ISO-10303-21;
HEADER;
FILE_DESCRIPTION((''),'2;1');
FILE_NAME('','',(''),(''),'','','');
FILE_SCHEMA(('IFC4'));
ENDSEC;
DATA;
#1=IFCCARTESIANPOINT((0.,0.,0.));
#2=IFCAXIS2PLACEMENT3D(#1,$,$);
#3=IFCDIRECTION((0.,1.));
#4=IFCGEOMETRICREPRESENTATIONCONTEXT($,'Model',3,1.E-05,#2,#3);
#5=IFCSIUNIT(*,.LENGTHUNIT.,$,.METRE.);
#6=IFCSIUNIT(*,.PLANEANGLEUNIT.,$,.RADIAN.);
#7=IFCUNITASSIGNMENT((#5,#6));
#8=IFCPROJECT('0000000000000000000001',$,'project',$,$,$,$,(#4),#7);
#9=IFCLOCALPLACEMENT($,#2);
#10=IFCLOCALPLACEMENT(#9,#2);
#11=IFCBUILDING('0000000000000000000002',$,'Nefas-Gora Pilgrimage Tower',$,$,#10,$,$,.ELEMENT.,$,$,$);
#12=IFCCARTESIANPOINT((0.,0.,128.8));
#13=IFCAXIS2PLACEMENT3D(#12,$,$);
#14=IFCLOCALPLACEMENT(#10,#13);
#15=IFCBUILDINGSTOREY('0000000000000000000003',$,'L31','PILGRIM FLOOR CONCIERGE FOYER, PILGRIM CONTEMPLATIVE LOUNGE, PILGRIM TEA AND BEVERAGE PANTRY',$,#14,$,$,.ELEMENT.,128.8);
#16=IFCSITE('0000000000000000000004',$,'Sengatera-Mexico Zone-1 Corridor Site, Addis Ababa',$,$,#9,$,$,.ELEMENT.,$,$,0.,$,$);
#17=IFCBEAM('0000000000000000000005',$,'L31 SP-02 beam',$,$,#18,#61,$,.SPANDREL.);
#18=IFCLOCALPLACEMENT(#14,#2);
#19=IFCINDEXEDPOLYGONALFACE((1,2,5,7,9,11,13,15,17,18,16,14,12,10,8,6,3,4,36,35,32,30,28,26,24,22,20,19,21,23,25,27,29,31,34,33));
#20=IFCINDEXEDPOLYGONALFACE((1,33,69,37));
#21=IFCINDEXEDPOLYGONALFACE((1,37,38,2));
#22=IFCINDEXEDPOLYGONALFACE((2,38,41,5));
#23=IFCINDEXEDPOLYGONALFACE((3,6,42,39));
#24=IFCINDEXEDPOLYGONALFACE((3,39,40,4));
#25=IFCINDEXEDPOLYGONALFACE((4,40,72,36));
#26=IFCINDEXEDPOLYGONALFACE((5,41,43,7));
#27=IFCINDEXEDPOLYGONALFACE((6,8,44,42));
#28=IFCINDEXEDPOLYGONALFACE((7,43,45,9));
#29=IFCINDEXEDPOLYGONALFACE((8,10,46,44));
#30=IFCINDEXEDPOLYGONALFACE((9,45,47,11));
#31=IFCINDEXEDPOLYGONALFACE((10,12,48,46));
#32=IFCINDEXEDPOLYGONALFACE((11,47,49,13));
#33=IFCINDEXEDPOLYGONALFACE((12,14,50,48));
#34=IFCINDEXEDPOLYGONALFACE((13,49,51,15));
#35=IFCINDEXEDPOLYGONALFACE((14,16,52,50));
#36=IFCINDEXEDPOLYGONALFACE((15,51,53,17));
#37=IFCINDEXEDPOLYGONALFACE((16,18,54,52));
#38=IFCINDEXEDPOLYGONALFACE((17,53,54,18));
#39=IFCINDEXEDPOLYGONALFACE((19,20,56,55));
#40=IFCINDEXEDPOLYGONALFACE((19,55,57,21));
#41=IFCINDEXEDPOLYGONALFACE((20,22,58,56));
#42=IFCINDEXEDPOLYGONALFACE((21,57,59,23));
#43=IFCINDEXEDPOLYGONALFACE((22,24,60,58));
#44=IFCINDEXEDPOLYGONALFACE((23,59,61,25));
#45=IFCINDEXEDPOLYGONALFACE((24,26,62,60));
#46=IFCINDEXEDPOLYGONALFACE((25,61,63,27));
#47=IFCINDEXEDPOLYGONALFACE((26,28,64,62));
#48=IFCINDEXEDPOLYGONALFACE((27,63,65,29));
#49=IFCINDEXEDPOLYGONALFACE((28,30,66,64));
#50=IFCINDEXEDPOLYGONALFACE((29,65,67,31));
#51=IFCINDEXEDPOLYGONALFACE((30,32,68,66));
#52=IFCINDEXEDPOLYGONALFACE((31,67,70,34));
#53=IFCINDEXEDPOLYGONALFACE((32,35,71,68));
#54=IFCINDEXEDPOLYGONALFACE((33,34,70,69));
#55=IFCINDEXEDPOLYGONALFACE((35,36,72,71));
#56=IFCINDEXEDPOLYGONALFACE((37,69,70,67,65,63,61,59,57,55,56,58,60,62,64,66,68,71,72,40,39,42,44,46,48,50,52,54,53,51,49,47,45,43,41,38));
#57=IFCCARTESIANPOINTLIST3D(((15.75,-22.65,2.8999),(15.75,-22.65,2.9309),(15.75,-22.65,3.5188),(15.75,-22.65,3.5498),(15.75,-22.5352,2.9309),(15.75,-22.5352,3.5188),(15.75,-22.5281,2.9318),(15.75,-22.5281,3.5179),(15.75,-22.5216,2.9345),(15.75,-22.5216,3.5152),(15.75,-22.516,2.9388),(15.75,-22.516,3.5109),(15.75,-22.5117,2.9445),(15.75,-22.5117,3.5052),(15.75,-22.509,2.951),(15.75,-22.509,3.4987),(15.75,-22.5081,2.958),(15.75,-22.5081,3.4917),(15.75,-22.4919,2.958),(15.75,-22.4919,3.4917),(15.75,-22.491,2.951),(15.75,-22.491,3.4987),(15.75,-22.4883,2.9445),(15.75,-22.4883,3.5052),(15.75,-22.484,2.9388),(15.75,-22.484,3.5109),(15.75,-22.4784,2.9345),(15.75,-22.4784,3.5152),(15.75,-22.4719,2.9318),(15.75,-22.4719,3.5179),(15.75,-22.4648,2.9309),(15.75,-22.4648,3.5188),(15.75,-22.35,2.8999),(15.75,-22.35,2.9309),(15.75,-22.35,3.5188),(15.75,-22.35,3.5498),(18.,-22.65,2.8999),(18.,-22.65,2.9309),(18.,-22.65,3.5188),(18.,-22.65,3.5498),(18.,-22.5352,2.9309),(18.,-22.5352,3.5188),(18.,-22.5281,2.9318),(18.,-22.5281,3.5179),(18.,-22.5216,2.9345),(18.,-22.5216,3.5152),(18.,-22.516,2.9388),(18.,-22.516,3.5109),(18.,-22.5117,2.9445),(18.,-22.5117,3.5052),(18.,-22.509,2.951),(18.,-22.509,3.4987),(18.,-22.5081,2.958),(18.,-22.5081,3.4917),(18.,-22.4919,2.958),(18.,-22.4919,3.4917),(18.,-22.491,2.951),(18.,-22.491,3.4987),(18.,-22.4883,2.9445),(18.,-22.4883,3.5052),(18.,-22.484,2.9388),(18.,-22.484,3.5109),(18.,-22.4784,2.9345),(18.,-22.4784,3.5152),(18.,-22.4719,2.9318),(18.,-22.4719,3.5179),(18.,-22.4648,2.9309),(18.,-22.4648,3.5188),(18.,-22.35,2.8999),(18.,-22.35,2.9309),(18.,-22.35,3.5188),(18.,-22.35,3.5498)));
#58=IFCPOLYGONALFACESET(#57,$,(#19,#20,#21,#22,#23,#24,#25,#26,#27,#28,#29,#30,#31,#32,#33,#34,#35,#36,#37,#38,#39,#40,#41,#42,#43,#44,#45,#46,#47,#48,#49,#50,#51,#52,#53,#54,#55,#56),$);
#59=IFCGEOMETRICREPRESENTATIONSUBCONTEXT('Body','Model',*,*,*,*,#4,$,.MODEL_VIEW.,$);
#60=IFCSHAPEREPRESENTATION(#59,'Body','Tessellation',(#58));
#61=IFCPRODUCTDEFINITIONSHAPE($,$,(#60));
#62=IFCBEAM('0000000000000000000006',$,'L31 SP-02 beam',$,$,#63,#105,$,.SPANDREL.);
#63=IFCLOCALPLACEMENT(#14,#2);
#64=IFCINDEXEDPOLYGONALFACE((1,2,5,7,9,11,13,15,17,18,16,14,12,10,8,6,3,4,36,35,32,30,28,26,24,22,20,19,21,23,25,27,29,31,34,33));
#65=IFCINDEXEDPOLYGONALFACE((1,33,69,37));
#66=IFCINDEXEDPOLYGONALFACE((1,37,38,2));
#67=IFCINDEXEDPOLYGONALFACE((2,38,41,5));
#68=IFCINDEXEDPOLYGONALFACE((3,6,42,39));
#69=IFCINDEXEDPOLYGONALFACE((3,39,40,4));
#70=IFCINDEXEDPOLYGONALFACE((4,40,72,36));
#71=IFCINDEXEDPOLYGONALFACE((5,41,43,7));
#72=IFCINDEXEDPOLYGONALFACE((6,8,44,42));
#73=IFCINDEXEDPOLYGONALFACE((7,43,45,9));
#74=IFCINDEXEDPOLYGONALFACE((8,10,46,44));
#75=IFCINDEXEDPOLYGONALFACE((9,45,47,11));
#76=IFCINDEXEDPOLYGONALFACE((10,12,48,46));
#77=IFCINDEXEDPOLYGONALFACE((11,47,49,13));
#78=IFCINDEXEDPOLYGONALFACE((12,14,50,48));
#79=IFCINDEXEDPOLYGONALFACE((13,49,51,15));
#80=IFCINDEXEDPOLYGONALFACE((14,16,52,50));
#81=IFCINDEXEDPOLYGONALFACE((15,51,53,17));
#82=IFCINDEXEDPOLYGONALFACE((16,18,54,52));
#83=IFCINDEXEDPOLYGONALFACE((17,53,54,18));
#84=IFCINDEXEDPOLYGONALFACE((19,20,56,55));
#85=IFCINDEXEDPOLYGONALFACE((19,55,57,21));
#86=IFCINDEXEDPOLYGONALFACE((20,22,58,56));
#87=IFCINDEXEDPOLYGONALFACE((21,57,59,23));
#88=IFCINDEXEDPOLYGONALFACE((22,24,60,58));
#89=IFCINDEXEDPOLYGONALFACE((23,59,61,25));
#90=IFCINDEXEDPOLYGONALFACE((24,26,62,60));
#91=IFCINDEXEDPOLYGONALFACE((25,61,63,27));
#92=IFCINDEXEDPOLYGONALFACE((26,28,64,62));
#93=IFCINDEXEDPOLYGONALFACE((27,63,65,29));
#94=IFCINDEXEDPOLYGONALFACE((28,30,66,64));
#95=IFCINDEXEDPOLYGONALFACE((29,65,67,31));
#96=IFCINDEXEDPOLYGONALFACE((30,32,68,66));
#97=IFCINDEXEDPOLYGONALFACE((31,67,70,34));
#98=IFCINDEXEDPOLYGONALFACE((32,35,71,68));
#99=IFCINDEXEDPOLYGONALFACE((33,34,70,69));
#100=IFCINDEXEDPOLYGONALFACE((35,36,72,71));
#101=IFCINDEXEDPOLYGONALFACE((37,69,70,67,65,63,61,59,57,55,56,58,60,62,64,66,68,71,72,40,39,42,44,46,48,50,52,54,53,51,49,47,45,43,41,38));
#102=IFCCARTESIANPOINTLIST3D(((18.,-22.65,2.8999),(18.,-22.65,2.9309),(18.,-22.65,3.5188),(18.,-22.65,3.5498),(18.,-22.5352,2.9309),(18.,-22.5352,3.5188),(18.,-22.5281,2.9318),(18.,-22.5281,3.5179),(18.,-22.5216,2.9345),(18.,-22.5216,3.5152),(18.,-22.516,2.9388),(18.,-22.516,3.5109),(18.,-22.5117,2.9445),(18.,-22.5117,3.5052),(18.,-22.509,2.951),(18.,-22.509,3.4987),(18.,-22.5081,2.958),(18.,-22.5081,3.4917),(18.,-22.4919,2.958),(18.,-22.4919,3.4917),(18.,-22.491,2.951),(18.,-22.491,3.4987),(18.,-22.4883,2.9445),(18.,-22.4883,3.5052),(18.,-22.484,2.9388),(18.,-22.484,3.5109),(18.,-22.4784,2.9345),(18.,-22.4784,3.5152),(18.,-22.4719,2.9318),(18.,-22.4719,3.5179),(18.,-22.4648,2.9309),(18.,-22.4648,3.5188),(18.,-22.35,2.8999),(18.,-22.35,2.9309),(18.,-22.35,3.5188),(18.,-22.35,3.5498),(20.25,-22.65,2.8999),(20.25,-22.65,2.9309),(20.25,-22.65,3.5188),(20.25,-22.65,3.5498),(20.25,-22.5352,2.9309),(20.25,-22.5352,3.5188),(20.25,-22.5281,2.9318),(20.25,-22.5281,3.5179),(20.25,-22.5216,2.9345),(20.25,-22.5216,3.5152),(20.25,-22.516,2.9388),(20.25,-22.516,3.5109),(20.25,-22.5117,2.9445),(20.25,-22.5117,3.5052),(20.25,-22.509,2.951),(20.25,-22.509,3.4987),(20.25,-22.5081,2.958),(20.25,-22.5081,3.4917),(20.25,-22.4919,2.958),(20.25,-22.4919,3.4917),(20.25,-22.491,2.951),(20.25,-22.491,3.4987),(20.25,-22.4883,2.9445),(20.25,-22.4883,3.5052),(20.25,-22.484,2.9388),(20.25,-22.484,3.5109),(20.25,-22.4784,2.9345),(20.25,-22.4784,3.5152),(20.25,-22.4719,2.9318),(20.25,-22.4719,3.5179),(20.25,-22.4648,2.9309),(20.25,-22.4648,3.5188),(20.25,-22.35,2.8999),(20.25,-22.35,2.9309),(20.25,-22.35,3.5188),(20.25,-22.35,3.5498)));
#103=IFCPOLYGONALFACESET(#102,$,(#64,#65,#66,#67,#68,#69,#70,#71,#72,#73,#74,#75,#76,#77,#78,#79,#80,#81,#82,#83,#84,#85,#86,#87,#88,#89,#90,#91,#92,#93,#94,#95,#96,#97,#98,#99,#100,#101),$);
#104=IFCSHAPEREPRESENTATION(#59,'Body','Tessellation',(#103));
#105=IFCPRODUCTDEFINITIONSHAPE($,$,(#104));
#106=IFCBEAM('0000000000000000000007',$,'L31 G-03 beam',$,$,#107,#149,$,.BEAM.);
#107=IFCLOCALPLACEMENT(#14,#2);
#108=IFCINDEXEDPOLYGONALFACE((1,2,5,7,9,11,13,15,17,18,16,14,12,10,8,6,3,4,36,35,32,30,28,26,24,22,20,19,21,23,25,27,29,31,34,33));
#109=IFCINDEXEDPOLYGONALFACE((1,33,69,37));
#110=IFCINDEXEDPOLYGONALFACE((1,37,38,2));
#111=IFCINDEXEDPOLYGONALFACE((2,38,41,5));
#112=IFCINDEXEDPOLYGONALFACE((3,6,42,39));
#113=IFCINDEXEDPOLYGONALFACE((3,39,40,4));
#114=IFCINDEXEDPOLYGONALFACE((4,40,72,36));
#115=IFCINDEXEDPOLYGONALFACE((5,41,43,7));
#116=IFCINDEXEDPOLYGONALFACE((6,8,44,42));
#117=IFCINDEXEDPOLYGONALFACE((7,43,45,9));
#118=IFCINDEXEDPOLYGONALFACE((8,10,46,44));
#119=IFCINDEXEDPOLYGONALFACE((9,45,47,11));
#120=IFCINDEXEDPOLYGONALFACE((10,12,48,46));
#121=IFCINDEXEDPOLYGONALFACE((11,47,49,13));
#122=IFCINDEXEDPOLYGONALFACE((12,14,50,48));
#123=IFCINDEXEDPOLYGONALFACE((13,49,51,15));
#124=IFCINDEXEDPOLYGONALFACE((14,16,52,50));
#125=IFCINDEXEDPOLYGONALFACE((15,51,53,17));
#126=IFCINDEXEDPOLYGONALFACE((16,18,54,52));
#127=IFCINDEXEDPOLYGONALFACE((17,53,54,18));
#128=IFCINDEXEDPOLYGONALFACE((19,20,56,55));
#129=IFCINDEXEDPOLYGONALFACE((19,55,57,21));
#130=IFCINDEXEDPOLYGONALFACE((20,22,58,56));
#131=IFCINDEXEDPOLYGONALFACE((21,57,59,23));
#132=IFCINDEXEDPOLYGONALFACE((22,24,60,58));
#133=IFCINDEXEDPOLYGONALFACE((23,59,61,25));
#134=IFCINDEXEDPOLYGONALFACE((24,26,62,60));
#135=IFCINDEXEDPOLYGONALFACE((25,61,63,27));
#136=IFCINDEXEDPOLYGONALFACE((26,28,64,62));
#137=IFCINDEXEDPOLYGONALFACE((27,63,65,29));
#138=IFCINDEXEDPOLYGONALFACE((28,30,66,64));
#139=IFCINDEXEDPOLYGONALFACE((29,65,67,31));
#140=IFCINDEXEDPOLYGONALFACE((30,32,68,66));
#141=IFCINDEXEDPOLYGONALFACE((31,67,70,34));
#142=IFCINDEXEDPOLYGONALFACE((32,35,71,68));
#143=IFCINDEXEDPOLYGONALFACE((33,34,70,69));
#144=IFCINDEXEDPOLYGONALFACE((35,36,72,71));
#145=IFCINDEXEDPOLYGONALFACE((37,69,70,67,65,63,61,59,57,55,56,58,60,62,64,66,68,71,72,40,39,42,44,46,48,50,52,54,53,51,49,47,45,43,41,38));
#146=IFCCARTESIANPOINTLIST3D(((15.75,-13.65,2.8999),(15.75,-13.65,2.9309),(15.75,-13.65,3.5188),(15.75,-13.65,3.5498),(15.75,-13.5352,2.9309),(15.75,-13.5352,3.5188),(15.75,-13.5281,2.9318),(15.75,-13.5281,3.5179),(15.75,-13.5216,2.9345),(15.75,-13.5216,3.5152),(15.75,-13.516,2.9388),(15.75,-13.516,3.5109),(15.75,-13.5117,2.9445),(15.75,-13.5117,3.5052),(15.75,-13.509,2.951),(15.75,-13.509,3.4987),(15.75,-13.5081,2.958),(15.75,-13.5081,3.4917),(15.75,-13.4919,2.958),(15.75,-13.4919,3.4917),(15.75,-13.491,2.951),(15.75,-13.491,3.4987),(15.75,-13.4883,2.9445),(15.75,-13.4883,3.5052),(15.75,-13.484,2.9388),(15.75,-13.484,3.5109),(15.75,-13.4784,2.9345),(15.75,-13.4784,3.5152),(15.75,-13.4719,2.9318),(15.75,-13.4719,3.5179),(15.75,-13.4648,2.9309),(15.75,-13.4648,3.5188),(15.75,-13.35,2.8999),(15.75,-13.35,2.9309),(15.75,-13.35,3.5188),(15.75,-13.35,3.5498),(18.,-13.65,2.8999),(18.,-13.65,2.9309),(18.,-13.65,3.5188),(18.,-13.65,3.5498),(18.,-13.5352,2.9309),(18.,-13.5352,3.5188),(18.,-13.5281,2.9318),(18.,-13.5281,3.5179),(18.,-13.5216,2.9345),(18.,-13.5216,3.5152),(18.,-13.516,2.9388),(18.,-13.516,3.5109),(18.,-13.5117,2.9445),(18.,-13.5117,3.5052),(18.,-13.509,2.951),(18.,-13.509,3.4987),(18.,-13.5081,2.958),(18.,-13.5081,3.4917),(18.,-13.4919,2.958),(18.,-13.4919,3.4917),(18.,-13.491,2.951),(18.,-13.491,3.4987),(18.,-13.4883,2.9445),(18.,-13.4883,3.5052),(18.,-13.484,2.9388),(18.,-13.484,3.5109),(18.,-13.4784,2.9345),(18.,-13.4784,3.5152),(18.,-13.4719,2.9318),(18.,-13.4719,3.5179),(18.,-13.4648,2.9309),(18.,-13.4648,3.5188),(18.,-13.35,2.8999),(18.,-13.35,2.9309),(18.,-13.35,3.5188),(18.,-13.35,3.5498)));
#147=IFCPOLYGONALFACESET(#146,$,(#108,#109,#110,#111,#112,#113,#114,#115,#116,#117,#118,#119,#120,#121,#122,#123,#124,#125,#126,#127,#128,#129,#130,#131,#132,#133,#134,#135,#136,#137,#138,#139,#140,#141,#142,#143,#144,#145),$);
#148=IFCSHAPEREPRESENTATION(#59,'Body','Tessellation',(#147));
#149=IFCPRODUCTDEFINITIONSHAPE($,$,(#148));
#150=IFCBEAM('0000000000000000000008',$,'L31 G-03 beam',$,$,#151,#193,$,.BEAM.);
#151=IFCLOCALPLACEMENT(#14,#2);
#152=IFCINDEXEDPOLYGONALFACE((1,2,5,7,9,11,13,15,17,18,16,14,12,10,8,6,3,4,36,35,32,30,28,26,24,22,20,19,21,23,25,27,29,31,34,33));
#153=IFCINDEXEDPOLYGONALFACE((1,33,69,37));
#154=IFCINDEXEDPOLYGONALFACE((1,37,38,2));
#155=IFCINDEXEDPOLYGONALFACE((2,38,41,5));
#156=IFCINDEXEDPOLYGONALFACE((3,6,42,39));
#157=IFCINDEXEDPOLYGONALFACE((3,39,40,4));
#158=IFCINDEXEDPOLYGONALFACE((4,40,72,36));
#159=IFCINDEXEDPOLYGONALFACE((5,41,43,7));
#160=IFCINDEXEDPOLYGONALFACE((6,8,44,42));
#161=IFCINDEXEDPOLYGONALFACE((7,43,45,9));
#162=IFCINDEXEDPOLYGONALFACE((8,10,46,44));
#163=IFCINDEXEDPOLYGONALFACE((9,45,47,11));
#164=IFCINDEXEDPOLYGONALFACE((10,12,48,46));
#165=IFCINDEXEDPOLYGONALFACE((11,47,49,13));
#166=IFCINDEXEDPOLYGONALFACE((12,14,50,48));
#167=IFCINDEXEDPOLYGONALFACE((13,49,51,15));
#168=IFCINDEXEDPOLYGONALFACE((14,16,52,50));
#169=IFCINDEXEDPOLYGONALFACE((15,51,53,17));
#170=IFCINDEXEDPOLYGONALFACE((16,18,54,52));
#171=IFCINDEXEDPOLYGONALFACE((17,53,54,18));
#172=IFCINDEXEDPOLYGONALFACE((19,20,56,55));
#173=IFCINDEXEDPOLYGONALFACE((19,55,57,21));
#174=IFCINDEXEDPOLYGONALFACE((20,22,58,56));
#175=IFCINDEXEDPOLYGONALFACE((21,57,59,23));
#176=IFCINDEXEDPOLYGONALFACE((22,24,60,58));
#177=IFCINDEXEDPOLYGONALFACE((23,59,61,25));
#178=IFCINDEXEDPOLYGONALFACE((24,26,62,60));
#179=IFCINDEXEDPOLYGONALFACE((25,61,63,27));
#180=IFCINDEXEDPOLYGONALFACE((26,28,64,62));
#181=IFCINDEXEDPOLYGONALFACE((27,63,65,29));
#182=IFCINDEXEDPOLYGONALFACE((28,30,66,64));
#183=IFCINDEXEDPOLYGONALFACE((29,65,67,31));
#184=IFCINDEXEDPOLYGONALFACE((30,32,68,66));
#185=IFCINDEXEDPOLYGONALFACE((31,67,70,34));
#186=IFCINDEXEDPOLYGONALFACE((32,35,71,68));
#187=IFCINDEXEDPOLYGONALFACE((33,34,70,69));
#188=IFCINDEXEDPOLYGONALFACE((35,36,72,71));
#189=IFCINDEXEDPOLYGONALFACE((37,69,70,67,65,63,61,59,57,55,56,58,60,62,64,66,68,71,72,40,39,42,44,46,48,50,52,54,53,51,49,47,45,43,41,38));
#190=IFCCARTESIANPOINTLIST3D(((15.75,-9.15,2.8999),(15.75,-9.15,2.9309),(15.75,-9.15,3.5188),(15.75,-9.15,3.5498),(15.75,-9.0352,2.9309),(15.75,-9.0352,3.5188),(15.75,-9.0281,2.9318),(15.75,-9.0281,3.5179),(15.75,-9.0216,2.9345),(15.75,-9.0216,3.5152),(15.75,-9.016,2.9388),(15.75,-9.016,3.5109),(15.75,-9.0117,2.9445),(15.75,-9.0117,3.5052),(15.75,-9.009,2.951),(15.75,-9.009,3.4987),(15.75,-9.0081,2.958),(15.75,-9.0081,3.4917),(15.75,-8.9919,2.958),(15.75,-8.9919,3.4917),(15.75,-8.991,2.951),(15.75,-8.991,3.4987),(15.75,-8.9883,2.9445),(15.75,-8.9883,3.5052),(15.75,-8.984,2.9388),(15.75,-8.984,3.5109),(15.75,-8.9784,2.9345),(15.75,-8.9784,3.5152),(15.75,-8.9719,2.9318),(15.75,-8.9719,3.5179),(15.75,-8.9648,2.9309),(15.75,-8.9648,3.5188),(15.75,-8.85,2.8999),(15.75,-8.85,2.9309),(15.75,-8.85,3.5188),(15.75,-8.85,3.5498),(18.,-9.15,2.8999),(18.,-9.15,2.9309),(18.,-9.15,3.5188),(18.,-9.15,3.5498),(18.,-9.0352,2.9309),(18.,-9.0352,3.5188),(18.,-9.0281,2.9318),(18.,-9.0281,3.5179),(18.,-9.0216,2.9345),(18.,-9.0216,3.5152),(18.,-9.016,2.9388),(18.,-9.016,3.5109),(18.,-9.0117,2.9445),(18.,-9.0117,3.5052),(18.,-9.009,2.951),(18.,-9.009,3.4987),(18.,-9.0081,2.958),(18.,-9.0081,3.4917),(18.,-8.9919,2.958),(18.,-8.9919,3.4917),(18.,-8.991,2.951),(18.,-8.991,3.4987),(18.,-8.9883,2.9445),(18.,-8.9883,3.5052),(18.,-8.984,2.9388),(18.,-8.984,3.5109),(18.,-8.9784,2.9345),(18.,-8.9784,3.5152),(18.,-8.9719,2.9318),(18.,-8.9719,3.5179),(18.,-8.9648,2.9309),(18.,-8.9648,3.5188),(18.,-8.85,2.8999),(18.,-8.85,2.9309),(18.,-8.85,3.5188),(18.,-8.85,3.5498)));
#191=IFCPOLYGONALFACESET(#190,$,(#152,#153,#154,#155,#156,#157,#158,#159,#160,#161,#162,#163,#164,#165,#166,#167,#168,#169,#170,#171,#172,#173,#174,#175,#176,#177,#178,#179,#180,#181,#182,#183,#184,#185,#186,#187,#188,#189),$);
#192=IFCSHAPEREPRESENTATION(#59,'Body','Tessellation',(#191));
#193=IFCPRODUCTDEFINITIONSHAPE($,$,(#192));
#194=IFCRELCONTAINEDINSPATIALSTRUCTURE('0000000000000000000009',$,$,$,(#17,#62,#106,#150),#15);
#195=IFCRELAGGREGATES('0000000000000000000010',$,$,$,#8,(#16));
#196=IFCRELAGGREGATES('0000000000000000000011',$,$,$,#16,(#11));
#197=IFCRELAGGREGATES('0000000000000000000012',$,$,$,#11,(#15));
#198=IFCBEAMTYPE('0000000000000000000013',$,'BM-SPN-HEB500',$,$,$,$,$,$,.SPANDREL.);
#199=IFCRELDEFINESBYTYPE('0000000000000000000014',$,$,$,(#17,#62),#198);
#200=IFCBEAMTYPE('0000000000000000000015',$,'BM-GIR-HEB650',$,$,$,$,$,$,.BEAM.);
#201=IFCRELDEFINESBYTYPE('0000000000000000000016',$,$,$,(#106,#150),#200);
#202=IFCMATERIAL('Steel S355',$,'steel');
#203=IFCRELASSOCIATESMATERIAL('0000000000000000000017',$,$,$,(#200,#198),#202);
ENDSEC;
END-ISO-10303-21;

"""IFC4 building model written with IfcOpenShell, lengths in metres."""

from ifc_helpers import new_model, si_unit, direction, frame, origin, origin_2d, place, context, subcontext, project, spatial, i_section, extrude, source, transform, mapped, material, material_profile, profile_set, type_object, element, save


model = new_model("IFC4")

# Units and contexts
model_context = context("Model", 3, precision=1e-05, world=origin(), true_north=direction((0.0, 1.0)))
body_context = subcontext(model_context, "Body", "Model", "MODEL_VIEW")
ifc_project = project(units=[si_unit("LENGTHUNIT", "METRE"), si_unit("PLANEANGLEUNIT", "RADIAN")], contexts=[model_context])

# Site, building, storey
site_placement = place(None, origin())
site = spatial("IfcSite", under=ifc_project, at=site_placement, Name="Sengatera-Mexico Zone-1 Corridor Site, Addis Ababa", CompositionType="ELEMENT", RefElevation=0.0)
building_placement = place(site_placement, origin())
building = spatial("IfcBuilding", under=site, at=building_placement, Name="Nefas-Gora Pilgrimage Tower", CompositionType="ELEMENT")
storey_placement = place(building_placement, frame((0.0, 0.0, 128.8)))
storey = spatial("IfcBuildingStorey", under=building, at=storey_placement, Name="L31", Description="PILGRIM FLOOR CONCIERGE FOYER, PILGRIM CONTEMPLATIVE LOUNGE, PILGRIM TEA AND BEVERAGE PANTRY", CompositionType="ELEMENT", Elevation=128.8)

# Beams
ifc_material_1 = material(Name="Steel S355", Category="steel")
ifc_material_profile_1 = material_profile(ifc_material_1, i_section(OverallWidth=0.3, OverallDepth=0.6499, WebThickness=0.0161, FlangeThickness=0.031, FilletRadius=0.0271, at=origin_2d()), Name="HEB 650")
ifc_profile_set_1 = profile_set([ifc_material_profile_1], Name="Steel S355")
beam_type_1 = type_object("IfcBeamType", Name="BM-GIR-HEB650", PredefinedType="BEAM", material=ifc_profile_set_1)
ifc_material_profile_2 = material_profile(ifc_material_1, i_section(OverallWidth=0.3, OverallDepth=0.6499, WebThickness=0.0161, FlangeThickness=0.031, FilletRadius=0.0271, at=origin_2d()), Name="HEB 650")
ifc_profile_set_2 = profile_set([ifc_material_profile_2], Name="Steel S355")
beam_type_2 = type_object("IfcBeamType", Name="BM-SPN-HEB500", PredefinedType="SPANDREL", material=ifc_profile_set_2)
shared_shape_1 = source(origin(), body_context, "Body", "SweptSolid", [
    extrude(i_section(OverallWidth=0.3, OverallDepth=0.6499, WebThickness=0.0161, FlangeThickness=0.031, FilletRadius=0.0271, at=origin_2d()), origin(), (0.0, 0.0, 1.0), 2.25),
])
for number, where, z_axis, x_axis, name in (
    (1, (15.75, -22.5, 3.2249), (1.0, 0.0, 0.0), (0.0, 1.0, 0.0), "L31 SP-02 beam"),
    (2, (18.0, -22.5, 3.2249), (1.0, 0.0, 0.0), (0.0, 1.0, 0.0), "L31 SP-02 beam"),
):
    element("IfcBeam", number, at=place(storey_placement, frame(where, z_axis=z_axis, x_axis=x_axis)), inside=storey, type_object=beam_type_2, Name=name, PredefinedType="SPANDREL", context=body_context, shape_type="MappedRepresentation", body=[
        mapped(shared_shape_1, transform((0.0, 0.0, 0.0), x_axis=(1.0, 0.0, 0.0), y_axis=(0.0, 1.0, 0.0), z_axis=(0.0, 0.0, 1.0), scale=1.0)),
    ])
shared_shape_2 = source(origin(), body_context, "Body", "SweptSolid", [
    extrude(i_section(OverallWidth=0.3, OverallDepth=0.6499, WebThickness=0.0161, FlangeThickness=0.031, FilletRadius=0.0271, at=origin_2d()), origin(), (0.0, 0.0, 1.0), 2.25),
])
for number, where, z_axis, x_axis, name in (
    (3, (15.75, -13.5, 3.2249), (1.0, 0.0, 0.0), (0.0, 1.0, 0.0), "L31 G-03 beam"),
    (4, (15.75, -9.0, 3.2249), (1.0, 0.0, 0.0), (0.0, 1.0, 0.0), "L31 G-03 beam"),
):
    element("IfcBeam", number, at=place(storey_placement, frame(where, z_axis=z_axis, x_axis=x_axis)), inside=storey, type_object=beam_type_1, Name=name, PredefinedType="BEAM", context=body_context, shape_type="MappedRepresentation", body=[
        mapped(shared_shape_2, transform((0.0, 0.0, 0.0), x_axis=(1.0, 0.0, 0.0), y_axis=(0.0, 1.0, 0.0), z_axis=(0.0, 0.0, 1.0), scale=1.0)),
    ])

save(model, "model.ifc")
